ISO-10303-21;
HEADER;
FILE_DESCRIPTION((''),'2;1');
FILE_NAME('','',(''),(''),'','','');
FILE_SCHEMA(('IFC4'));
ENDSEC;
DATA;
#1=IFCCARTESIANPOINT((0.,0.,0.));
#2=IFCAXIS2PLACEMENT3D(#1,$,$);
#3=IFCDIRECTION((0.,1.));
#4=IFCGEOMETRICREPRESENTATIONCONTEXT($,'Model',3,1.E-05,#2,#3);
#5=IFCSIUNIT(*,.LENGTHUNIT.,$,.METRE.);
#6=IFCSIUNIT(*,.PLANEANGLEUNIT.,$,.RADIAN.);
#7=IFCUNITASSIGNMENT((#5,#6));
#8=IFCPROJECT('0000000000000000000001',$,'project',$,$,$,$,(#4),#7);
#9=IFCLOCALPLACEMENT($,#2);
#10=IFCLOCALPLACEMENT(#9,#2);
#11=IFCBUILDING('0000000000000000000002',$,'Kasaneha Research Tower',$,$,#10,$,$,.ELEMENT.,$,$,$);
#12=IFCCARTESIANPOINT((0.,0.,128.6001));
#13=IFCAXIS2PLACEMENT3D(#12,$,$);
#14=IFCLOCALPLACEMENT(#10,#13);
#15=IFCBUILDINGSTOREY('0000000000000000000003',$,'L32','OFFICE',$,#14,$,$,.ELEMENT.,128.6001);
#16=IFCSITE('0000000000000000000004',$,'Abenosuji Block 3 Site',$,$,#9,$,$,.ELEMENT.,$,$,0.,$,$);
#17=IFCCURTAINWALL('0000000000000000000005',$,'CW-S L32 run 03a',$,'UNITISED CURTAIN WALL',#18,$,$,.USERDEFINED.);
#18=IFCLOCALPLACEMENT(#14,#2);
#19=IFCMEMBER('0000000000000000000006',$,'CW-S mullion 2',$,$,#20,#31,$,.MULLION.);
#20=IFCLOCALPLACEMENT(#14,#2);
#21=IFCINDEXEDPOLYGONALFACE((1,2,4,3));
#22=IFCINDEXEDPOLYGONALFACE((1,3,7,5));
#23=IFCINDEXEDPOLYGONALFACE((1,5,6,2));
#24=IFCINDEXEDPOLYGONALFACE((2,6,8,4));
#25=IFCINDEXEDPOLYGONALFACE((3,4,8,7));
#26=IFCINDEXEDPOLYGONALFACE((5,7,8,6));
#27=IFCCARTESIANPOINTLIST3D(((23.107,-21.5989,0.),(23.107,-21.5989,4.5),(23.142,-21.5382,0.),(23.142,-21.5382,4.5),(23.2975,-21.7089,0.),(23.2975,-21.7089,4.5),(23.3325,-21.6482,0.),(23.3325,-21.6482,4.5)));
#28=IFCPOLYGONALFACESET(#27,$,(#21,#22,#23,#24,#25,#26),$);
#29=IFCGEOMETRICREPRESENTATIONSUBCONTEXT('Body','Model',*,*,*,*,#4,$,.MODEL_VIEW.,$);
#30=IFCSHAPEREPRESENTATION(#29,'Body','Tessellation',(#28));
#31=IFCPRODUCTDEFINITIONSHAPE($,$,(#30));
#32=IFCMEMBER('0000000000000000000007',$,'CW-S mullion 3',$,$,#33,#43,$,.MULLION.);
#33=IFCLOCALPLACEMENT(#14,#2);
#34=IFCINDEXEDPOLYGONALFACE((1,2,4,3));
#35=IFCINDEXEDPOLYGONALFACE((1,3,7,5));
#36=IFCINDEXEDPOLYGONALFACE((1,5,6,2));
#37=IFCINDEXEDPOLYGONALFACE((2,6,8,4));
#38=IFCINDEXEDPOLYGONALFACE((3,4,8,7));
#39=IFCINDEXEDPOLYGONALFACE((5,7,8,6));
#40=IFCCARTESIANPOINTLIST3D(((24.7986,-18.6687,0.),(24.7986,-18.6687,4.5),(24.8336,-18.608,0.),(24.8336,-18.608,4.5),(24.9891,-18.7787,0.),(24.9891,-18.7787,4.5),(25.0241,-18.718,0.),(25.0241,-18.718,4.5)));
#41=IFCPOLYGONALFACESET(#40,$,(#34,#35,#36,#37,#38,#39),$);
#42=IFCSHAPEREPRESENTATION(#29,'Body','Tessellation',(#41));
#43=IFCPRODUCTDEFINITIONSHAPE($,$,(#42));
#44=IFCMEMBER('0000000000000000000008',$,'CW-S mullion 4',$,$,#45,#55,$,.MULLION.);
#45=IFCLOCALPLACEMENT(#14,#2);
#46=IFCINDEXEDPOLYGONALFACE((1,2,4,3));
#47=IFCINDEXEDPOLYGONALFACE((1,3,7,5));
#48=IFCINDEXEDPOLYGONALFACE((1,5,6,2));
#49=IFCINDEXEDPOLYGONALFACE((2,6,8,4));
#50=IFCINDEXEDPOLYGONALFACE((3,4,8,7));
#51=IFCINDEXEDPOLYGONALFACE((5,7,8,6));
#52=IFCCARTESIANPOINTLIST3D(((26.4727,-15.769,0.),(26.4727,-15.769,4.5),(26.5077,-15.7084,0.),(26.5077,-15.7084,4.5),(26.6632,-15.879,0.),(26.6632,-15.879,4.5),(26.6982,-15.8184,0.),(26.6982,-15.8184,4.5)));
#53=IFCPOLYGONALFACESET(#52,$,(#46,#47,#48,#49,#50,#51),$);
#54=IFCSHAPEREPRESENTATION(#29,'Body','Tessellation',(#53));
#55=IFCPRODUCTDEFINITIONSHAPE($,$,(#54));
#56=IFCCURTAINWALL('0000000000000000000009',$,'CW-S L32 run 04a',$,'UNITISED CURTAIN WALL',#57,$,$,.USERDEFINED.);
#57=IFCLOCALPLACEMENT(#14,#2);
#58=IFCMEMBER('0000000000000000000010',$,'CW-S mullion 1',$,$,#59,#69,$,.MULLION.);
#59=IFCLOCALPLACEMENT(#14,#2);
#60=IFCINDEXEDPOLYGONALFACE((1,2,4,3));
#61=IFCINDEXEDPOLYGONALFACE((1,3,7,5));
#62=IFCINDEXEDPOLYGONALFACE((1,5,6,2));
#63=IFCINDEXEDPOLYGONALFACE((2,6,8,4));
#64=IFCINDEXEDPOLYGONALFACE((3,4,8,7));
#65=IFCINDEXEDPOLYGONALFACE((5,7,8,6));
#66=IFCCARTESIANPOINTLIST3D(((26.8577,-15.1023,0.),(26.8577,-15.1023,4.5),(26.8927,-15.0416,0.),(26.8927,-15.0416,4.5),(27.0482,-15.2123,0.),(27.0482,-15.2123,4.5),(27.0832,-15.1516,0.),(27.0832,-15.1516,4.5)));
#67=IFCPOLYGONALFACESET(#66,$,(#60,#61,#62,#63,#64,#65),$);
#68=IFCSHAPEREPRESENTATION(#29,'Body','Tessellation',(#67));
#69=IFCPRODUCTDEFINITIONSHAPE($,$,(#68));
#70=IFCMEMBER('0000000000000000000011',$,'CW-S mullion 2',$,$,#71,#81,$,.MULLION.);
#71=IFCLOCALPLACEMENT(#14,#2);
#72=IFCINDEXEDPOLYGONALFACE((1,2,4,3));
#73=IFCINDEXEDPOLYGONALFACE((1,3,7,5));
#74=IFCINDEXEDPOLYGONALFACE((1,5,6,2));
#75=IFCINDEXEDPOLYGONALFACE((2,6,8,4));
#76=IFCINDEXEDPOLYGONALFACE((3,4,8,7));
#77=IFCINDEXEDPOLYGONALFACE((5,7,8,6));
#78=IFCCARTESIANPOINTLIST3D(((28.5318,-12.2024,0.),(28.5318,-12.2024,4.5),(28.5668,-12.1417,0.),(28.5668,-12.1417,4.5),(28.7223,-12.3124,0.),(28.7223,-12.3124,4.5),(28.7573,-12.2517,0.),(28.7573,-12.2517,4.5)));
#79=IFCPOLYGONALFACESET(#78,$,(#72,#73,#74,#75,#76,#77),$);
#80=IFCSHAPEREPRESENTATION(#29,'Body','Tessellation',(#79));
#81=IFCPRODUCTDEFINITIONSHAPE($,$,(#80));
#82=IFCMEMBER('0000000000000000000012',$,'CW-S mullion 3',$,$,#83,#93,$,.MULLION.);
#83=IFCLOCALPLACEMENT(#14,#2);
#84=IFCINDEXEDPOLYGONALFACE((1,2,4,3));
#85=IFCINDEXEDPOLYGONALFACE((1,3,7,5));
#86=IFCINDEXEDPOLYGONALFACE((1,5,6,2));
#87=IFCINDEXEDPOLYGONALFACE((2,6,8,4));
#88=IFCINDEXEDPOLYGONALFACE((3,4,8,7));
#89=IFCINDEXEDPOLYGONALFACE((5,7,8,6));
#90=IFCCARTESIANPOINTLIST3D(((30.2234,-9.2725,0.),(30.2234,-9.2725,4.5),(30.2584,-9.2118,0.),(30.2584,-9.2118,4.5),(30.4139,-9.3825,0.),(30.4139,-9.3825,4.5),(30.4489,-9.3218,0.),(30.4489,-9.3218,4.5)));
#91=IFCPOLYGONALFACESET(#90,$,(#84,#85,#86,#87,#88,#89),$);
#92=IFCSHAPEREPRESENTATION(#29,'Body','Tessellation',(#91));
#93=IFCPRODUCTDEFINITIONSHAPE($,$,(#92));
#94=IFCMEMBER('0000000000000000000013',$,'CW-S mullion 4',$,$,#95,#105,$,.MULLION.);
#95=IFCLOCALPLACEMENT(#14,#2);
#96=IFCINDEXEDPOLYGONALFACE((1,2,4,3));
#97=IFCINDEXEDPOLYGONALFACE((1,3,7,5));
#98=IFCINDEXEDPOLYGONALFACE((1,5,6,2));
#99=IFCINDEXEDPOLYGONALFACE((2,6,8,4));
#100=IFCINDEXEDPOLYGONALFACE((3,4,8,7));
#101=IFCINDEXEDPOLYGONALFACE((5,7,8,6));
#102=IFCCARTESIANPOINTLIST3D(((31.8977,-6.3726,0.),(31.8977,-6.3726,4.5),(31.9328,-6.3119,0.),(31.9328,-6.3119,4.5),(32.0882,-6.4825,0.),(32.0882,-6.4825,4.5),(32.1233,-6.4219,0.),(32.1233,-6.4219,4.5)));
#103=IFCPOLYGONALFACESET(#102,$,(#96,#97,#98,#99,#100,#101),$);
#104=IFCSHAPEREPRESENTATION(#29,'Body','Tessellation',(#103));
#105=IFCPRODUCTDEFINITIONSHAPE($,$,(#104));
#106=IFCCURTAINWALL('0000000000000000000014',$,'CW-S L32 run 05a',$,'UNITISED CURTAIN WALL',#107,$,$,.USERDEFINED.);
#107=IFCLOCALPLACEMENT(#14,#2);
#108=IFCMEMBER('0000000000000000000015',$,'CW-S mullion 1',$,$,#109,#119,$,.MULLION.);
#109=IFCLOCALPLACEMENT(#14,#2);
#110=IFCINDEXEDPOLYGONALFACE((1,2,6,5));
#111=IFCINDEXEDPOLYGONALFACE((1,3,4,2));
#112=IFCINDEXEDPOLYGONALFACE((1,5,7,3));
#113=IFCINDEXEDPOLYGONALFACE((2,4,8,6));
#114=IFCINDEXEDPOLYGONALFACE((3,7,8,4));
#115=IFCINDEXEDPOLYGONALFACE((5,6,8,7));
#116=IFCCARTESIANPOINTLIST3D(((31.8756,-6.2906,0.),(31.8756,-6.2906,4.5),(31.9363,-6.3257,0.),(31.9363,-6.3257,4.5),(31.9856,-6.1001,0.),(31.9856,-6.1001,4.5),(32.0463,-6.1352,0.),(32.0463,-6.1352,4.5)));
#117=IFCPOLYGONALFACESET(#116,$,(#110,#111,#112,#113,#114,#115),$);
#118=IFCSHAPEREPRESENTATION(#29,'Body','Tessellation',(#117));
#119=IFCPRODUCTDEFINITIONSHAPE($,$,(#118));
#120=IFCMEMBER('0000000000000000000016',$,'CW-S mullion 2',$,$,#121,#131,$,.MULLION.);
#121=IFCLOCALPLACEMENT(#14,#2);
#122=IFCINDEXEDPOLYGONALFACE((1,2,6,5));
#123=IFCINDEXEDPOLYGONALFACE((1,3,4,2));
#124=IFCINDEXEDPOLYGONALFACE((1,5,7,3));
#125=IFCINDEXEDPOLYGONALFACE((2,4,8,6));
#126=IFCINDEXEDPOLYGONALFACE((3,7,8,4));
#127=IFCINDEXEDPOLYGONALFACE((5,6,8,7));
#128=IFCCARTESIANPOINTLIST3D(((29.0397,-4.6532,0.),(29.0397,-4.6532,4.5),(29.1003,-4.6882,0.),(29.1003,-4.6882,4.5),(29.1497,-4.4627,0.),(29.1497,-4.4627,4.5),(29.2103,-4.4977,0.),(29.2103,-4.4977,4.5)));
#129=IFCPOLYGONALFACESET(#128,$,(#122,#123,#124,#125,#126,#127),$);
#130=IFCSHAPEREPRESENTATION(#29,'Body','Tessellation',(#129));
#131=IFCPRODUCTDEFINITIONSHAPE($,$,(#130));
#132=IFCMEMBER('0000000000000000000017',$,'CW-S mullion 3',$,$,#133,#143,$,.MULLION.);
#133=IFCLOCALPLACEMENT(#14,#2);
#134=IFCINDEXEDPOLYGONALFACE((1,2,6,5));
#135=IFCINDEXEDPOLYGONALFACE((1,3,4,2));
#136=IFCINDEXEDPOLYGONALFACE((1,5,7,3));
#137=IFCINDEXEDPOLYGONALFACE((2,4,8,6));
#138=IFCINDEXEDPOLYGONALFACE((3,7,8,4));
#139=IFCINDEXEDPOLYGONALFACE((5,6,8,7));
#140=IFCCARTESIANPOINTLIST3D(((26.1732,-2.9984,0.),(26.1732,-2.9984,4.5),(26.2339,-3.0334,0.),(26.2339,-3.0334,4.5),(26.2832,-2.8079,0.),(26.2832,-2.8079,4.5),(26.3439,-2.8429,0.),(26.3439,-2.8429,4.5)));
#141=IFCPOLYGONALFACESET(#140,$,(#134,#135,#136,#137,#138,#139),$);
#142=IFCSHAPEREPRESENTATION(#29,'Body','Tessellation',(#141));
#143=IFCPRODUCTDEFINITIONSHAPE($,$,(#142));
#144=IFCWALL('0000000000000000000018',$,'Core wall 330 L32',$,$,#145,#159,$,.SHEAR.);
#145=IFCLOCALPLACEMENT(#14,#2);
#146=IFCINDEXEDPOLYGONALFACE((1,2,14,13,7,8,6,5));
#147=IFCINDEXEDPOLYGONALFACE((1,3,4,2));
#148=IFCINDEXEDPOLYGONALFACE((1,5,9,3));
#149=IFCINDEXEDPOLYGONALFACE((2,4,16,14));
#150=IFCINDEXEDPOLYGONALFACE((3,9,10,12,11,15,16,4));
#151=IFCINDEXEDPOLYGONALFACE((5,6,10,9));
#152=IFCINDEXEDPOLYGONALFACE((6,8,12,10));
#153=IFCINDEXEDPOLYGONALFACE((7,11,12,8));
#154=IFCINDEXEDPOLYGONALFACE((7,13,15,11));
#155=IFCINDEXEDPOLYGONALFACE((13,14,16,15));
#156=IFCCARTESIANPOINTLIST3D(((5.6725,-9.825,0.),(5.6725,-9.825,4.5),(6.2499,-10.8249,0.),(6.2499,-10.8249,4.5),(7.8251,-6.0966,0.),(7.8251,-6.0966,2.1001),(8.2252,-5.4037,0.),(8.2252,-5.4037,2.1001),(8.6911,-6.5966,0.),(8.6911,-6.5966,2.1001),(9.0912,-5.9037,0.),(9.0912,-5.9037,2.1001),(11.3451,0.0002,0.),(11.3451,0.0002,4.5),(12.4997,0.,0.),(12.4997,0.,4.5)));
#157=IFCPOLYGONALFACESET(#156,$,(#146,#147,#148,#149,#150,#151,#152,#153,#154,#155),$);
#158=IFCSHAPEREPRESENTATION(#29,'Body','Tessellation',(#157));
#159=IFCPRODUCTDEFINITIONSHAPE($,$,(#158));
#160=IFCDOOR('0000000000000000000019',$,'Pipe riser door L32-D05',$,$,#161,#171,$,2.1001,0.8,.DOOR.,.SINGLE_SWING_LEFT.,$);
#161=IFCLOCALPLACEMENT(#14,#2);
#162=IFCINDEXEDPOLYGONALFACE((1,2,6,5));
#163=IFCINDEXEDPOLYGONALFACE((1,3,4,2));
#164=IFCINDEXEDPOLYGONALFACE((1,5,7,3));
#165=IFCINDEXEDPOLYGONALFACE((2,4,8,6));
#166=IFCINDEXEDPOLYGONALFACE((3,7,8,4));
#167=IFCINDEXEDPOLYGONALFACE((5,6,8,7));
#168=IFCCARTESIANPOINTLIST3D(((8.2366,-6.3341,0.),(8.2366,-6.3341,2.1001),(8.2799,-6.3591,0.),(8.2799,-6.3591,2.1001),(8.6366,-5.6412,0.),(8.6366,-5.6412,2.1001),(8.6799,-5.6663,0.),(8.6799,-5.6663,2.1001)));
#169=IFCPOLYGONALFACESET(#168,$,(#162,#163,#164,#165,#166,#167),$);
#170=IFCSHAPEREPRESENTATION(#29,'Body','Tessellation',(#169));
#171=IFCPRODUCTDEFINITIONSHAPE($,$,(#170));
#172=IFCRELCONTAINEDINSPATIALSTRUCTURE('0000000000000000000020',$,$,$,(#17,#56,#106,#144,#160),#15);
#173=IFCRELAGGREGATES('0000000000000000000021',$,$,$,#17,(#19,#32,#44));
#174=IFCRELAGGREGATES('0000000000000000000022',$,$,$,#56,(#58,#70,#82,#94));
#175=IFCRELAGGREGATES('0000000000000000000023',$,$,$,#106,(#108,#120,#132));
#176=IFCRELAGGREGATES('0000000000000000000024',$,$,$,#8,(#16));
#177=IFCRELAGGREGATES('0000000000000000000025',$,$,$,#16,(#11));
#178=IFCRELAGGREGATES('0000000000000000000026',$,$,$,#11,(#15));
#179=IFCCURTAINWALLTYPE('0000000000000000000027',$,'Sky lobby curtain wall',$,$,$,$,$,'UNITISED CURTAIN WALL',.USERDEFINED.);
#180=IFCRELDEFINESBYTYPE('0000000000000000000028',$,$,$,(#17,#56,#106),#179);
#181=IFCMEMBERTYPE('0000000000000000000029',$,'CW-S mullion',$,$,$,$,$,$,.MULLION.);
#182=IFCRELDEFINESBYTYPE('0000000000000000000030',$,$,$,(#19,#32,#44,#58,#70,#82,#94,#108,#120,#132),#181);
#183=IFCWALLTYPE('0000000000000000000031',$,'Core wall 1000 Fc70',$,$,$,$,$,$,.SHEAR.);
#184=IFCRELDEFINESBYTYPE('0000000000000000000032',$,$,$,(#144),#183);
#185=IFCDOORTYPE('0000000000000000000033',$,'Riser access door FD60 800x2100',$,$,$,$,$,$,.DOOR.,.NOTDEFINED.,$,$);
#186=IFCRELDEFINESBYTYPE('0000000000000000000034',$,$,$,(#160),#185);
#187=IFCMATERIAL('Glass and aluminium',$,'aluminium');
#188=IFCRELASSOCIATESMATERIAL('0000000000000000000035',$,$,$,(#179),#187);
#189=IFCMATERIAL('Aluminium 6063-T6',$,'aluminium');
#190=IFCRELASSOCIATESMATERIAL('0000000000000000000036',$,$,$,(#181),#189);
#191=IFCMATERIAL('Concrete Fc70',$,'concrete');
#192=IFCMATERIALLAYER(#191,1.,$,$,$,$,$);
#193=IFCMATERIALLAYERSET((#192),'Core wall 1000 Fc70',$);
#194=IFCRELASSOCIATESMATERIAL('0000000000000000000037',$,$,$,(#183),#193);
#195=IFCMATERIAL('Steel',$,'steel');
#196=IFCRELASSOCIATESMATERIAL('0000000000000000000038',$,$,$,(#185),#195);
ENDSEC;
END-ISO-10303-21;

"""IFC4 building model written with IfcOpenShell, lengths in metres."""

from ifc_helpers import new_model, si_unit, direction, frame, frame_2d, origin, origin_2d, place, context, subcontext, project, spatial, polyline, rectangle, outline, extrude, material, layer, layer_set, material_profile, profile_set, type_object, element, fill, aggregate, save


model = new_model("IFC4")

# Units and contexts
model_context = context("Model", 3, precision=1e-05, world=origin(), true_north=direction((0.0, 1.0)))
body_context = subcontext(model_context, "Body", "Model", "MODEL_VIEW")
ifc_project = project(units=[si_unit("LENGTHUNIT", "METRE"), si_unit("PLANEANGLEUNIT", "RADIAN")], contexts=[model_context])

# Site, building, storey
site_placement = place(None, origin())
site = spatial("IfcSite", under=ifc_project, at=site_placement, Name="Abenosuji Block 3 Site", CompositionType="ELEMENT", RefElevation=0.0)
building_placement = place(site_placement, origin())
building = spatial("IfcBuilding", under=site, at=building_placement, Name="Kasaneha Research Tower", CompositionType="ELEMENT")
storey_placement = place(building_placement, frame((0.0, 0.0, 128.6001)))
storey = spatial("IfcBuildingStorey", under=building, at=storey_placement, Name="L32", Description="OFFICE", CompositionType="ELEMENT", Elevation=128.6001)

# Curtain walls, members
ifc_material_1 = material(Name="Glass and aluminium", Category="aluminium")
curtain_wall_type = type_object("IfcCurtainWallType", Name="Sky lobby curtain wall", ElementType="UNITISED CURTAIN WALL", PredefinedType="USERDEFINED", material=ifc_material_1)
ifc_material_2 = material(Name="Aluminium 6063-T6", Category="aluminium")
ifc_material_profile_1 = material_profile(ifc_material_2, rectangle(XDim=0.0701, YDim=0.22, at=origin_2d()), Name="CW-S mullion 70x220")
ifc_profile_set_1 = profile_set([ifc_material_profile_1], Name="Aluminium 6063-T6")
member_type = type_object("IfcMemberType", Name="CW-S mullion", PredefinedType="MULLION", material=ifc_profile_set_1)
curtain_wall_1_placement = place(storey_placement, origin())
curtain_wall_1 = element("IfcCurtainWall", 1, at=curtain_wall_1_placement, inside=storey, type_object=curtain_wall_type, Name="CW-S L32 run 03a", ObjectType="UNITISED CURTAIN WALL", PredefinedType="USERDEFINED")
member_1_placement = place(storey_placement, frame((23.2197, -21.6235, 0.0), z_axis=(0.0, 0.0, 1.0), x_axis=(0.5, 0.866025, 0.0)))
member_1 = element("IfcMember", 2, at=member_1_placement, type_object=member_type, Name="CW-S mullion 2", PredefinedType="MULLION", context=body_context, shape_type="SweptSolid", body=[
    extrude(rectangle(XDim=0.0701, YDim=0.22, at=origin_2d()), origin(), (0.0, 0.0, 1.0), 4.5),
])
member_2_placement = place(storey_placement, frame((24.9114, -18.6934, 0.0), z_axis=(0.0, 0.0, 1.0), x_axis=(0.5, 0.866025, 0.0)))
member_2 = element("IfcMember", 3, at=member_2_placement, type_object=member_type, Name="CW-S mullion 3", PredefinedType="MULLION", context=body_context, shape_type="SweptSolid", body=[
    extrude(rectangle(XDim=0.0701, YDim=0.22, at=origin_2d()), origin(), (0.0, 0.0, 1.0), 4.5),
])
member_3_placement = place(storey_placement, frame((26.5854, -15.7937, 0.0), z_axis=(0.0, 0.0, 1.0), x_axis=(0.5, 0.866025, 0.0)))
member_3 = element("IfcMember", 4, at=member_3_placement, type_object=member_type, Name="CW-S mullion 4", PredefinedType="MULLION", context=body_context, shape_type="SweptSolid", body=[
    extrude(rectangle(XDim=0.0701, YDim=0.22, at=origin_2d()), origin(), (0.0, 0.0, 1.0), 4.5),
])
aggregate(curtain_wall_1, [member_1, member_2, member_3])
curtain_wall_2_placement = place(storey_placement, origin())
curtain_wall_2 = element("IfcCurtainWall", 5, at=curtain_wall_2_placement, inside=storey, type_object=curtain_wall_type, Name="CW-S L32 run 04a", ObjectType="UNITISED CURTAIN WALL", PredefinedType="USERDEFINED")
member_4_placement = place(storey_placement, frame((26.9705, -15.127, 0.0), z_axis=(0.0, 0.0, 1.0), x_axis=(0.5, 0.866025, 0.0)))
member_4 = element("IfcMember", 6, at=member_4_placement, type_object=member_type, Name="CW-S mullion 1", PredefinedType="MULLION", context=body_context, shape_type="SweptSolid", body=[
    extrude(rectangle(XDim=0.0701, YDim=0.22, at=origin_2d()), origin(), (0.0, 0.0, 1.0), 4.5),
])
member_5_placement = place(storey_placement, frame((28.6445, -12.2271, 0.0), z_axis=(0.0, 0.0, 1.0), x_axis=(0.5, 0.866025, 0.0)))
member_5 = element("IfcMember", 7, at=member_5_placement, type_object=member_type, Name="CW-S mullion 2", PredefinedType="MULLION", context=body_context, shape_type="SweptSolid", body=[
    extrude(rectangle(XDim=0.0701, YDim=0.22, at=origin_2d()), origin(), (0.0, 0.0, 1.0), 4.5),
])
member_6_placement = place(storey_placement, frame((30.3362, -9.2971, 0.0), z_axis=(0.0, 0.0, 1.0), x_axis=(0.5, 0.866025, 0.0)))
member_6 = element("IfcMember", 8, at=member_6_placement, type_object=member_type, Name="CW-S mullion 3", PredefinedType="MULLION", context=body_context, shape_type="SweptSolid", body=[
    extrude(rectangle(XDim=0.0701, YDim=0.22, at=origin_2d()), origin(), (0.0, 0.0, 1.0), 4.5),
])
member_7_placement = place(storey_placement, frame((32.0105, -6.3972, 0.0), z_axis=(0.0, 0.0, 1.0), x_axis=(0.5, 0.866025, 0.0)))
member_7 = element("IfcMember", 9, at=member_7_placement, type_object=member_type, Name="CW-S mullion 4", PredefinedType="MULLION", context=body_context, shape_type="SweptSolid", body=[
    extrude(rectangle(XDim=0.0701, YDim=0.22, at=origin_2d()), origin(), (0.0, 0.0, 1.0), 4.5),
])
aggregate(curtain_wall_2, [member_4, member_5, member_6, member_7])
curtain_wall_3_placement = place(storey_placement, origin())
curtain_wall_3 = element("IfcCurtainWall", 10, at=curtain_wall_3_placement, inside=storey, type_object=curtain_wall_type, Name="CW-S L32 run 05a", ObjectType="UNITISED CURTAIN WALL", PredefinedType="USERDEFINED")
member_8_placement = place(storey_placement, frame((31.9609, -6.2129, 0.0), z_axis=(0.0, 0.0, 1.0), x_axis=(-0.866025, 0.5, 0.0)))
member_8 = element("IfcMember", 11, at=member_8_placement, type_object=member_type, Name="CW-S mullion 1", PredefinedType="MULLION", context=body_context, shape_type="SweptSolid", body=[
    extrude(rectangle(XDim=0.0701, YDim=0.22, at=origin_2d()), origin(), (0.0, 0.0, 1.0), 4.5),
])
member_9_placement = place(storey_placement, frame((29.125, -4.5754, 0.0), z_axis=(0.0, 0.0, 1.0), x_axis=(-0.866025, 0.5, 0.0)))
member_9 = element("IfcMember", 12, at=member_9_placement, type_object=member_type, Name="CW-S mullion 2", PredefinedType="MULLION", context=body_context, shape_type="SweptSolid", body=[
    extrude(rectangle(XDim=0.0701, YDim=0.22, at=origin_2d()), origin(), (0.0, 0.0, 1.0), 4.5),
])
member_10_placement = place(storey_placement, frame((26.2585, -2.9207, 0.0), z_axis=(0.0, 0.0, 1.0), x_axis=(-0.866025, 0.5, 0.0)))
member_10 = element("IfcMember", 13, at=member_10_placement, type_object=member_type, Name="CW-S mullion 3", PredefinedType="MULLION", context=body_context, shape_type="SweptSolid", body=[
    extrude(rectangle(XDim=0.0701, YDim=0.22, at=origin_2d()), origin(), (0.0, 0.0, 1.0), 4.5),
])
aggregate(curtain_wall_3, [member_8, member_9, member_10])

# Wall, opening, door
ifc_material_3 = material(Name="Concrete Fc70", Category="concrete")
ifc_layer_1 = layer(ifc_material_3, 1.0)
ifc_layer_set_1 = layer_set([ifc_layer_1], Name="Core wall 1000 Fc70")
wall_type_1 = type_object("IfcWallType", Name="Core wall 1000 Fc70", PredefinedType="SHEAR", material=ifc_layer_set_1)
wall_1_placement = place(storey_placement, frame((5.9612, -10.325, 0.0), z_axis=(0.0, 0.0, 1.0), x_axis=(0.500004, 0.866023, 0.0)))
wall_1 = element("IfcWall", 14, at=wall_1_placement, inside=storey, type_object=wall_type_1, Name="Core wall 330 L32", PredefinedType="SHEAR", context=body_context, shape_type="SweptSolid", body=[
    extrude(outline(polyline([(-0.2886, -0.5), (4.594, -0.5), (5.394, -0.5), (12.2109, -0.5), (11.6338, 0.5), (5.394, 0.5), (4.594, 0.5), (0.2886, 0.5), (-0.2886, -0.5)])), origin(), (0.0, 0.0, 1.0), 4.5),
])
opening_1_placement = place(wall_1_placement, frame((4.594, 0.0, 0.0)))
opening_1 = element("IfcOpeningElement", 15, at=opening_1_placement, cuts=wall_1, PredefinedType="OPENING", context=body_context, shape_type="SweptSolid", body=[
    extrude(rectangle(XDim=0.8, YDim=2.1001, at=frame_2d((0.3999, 1.05))), frame((0.0, 0.51, 0.0), z_axis=(0.0, -1.0, 0.0), x_axis=(1.0, 0.0, 0.0)), (0.0, 0.0, 1.0), 1.02),
])
ifc_material_4 = material(Name="Steel", Category="steel")
door_type_1 = type_object("IfcDoorType", Name="Riser access door FD60 800x2100", OperationType="NOTDEFINED", PredefinedType="DOOR", material=ifc_material_4)
door_1_placement = place(opening_1_placement, origin())
door_1 = element("IfcDoor", 16, at=door_1_placement, inside=storey, type_object=door_type_1, Name="Pipe riser door L32-D05", OperationType="SINGLE_SWING_LEFT", OverallHeight=2.1001, OverallWidth=0.8, PredefinedType="DOOR", context=body_context, shape_type="SweptSolid", body=[
    extrude(rectangle(XDim=0.8, YDim=2.1001, at=frame_2d((0.3999, 1.05))), frame((0.0, 0.0249, 0.0), z_axis=(0.0, -1.0, 0.0), x_axis=(1.0, 0.0, 0.0)), (0.0, 0.0, 1.0), 0.05),
])
fill(opening_1, door_1)

save(model, "model.ifc")
